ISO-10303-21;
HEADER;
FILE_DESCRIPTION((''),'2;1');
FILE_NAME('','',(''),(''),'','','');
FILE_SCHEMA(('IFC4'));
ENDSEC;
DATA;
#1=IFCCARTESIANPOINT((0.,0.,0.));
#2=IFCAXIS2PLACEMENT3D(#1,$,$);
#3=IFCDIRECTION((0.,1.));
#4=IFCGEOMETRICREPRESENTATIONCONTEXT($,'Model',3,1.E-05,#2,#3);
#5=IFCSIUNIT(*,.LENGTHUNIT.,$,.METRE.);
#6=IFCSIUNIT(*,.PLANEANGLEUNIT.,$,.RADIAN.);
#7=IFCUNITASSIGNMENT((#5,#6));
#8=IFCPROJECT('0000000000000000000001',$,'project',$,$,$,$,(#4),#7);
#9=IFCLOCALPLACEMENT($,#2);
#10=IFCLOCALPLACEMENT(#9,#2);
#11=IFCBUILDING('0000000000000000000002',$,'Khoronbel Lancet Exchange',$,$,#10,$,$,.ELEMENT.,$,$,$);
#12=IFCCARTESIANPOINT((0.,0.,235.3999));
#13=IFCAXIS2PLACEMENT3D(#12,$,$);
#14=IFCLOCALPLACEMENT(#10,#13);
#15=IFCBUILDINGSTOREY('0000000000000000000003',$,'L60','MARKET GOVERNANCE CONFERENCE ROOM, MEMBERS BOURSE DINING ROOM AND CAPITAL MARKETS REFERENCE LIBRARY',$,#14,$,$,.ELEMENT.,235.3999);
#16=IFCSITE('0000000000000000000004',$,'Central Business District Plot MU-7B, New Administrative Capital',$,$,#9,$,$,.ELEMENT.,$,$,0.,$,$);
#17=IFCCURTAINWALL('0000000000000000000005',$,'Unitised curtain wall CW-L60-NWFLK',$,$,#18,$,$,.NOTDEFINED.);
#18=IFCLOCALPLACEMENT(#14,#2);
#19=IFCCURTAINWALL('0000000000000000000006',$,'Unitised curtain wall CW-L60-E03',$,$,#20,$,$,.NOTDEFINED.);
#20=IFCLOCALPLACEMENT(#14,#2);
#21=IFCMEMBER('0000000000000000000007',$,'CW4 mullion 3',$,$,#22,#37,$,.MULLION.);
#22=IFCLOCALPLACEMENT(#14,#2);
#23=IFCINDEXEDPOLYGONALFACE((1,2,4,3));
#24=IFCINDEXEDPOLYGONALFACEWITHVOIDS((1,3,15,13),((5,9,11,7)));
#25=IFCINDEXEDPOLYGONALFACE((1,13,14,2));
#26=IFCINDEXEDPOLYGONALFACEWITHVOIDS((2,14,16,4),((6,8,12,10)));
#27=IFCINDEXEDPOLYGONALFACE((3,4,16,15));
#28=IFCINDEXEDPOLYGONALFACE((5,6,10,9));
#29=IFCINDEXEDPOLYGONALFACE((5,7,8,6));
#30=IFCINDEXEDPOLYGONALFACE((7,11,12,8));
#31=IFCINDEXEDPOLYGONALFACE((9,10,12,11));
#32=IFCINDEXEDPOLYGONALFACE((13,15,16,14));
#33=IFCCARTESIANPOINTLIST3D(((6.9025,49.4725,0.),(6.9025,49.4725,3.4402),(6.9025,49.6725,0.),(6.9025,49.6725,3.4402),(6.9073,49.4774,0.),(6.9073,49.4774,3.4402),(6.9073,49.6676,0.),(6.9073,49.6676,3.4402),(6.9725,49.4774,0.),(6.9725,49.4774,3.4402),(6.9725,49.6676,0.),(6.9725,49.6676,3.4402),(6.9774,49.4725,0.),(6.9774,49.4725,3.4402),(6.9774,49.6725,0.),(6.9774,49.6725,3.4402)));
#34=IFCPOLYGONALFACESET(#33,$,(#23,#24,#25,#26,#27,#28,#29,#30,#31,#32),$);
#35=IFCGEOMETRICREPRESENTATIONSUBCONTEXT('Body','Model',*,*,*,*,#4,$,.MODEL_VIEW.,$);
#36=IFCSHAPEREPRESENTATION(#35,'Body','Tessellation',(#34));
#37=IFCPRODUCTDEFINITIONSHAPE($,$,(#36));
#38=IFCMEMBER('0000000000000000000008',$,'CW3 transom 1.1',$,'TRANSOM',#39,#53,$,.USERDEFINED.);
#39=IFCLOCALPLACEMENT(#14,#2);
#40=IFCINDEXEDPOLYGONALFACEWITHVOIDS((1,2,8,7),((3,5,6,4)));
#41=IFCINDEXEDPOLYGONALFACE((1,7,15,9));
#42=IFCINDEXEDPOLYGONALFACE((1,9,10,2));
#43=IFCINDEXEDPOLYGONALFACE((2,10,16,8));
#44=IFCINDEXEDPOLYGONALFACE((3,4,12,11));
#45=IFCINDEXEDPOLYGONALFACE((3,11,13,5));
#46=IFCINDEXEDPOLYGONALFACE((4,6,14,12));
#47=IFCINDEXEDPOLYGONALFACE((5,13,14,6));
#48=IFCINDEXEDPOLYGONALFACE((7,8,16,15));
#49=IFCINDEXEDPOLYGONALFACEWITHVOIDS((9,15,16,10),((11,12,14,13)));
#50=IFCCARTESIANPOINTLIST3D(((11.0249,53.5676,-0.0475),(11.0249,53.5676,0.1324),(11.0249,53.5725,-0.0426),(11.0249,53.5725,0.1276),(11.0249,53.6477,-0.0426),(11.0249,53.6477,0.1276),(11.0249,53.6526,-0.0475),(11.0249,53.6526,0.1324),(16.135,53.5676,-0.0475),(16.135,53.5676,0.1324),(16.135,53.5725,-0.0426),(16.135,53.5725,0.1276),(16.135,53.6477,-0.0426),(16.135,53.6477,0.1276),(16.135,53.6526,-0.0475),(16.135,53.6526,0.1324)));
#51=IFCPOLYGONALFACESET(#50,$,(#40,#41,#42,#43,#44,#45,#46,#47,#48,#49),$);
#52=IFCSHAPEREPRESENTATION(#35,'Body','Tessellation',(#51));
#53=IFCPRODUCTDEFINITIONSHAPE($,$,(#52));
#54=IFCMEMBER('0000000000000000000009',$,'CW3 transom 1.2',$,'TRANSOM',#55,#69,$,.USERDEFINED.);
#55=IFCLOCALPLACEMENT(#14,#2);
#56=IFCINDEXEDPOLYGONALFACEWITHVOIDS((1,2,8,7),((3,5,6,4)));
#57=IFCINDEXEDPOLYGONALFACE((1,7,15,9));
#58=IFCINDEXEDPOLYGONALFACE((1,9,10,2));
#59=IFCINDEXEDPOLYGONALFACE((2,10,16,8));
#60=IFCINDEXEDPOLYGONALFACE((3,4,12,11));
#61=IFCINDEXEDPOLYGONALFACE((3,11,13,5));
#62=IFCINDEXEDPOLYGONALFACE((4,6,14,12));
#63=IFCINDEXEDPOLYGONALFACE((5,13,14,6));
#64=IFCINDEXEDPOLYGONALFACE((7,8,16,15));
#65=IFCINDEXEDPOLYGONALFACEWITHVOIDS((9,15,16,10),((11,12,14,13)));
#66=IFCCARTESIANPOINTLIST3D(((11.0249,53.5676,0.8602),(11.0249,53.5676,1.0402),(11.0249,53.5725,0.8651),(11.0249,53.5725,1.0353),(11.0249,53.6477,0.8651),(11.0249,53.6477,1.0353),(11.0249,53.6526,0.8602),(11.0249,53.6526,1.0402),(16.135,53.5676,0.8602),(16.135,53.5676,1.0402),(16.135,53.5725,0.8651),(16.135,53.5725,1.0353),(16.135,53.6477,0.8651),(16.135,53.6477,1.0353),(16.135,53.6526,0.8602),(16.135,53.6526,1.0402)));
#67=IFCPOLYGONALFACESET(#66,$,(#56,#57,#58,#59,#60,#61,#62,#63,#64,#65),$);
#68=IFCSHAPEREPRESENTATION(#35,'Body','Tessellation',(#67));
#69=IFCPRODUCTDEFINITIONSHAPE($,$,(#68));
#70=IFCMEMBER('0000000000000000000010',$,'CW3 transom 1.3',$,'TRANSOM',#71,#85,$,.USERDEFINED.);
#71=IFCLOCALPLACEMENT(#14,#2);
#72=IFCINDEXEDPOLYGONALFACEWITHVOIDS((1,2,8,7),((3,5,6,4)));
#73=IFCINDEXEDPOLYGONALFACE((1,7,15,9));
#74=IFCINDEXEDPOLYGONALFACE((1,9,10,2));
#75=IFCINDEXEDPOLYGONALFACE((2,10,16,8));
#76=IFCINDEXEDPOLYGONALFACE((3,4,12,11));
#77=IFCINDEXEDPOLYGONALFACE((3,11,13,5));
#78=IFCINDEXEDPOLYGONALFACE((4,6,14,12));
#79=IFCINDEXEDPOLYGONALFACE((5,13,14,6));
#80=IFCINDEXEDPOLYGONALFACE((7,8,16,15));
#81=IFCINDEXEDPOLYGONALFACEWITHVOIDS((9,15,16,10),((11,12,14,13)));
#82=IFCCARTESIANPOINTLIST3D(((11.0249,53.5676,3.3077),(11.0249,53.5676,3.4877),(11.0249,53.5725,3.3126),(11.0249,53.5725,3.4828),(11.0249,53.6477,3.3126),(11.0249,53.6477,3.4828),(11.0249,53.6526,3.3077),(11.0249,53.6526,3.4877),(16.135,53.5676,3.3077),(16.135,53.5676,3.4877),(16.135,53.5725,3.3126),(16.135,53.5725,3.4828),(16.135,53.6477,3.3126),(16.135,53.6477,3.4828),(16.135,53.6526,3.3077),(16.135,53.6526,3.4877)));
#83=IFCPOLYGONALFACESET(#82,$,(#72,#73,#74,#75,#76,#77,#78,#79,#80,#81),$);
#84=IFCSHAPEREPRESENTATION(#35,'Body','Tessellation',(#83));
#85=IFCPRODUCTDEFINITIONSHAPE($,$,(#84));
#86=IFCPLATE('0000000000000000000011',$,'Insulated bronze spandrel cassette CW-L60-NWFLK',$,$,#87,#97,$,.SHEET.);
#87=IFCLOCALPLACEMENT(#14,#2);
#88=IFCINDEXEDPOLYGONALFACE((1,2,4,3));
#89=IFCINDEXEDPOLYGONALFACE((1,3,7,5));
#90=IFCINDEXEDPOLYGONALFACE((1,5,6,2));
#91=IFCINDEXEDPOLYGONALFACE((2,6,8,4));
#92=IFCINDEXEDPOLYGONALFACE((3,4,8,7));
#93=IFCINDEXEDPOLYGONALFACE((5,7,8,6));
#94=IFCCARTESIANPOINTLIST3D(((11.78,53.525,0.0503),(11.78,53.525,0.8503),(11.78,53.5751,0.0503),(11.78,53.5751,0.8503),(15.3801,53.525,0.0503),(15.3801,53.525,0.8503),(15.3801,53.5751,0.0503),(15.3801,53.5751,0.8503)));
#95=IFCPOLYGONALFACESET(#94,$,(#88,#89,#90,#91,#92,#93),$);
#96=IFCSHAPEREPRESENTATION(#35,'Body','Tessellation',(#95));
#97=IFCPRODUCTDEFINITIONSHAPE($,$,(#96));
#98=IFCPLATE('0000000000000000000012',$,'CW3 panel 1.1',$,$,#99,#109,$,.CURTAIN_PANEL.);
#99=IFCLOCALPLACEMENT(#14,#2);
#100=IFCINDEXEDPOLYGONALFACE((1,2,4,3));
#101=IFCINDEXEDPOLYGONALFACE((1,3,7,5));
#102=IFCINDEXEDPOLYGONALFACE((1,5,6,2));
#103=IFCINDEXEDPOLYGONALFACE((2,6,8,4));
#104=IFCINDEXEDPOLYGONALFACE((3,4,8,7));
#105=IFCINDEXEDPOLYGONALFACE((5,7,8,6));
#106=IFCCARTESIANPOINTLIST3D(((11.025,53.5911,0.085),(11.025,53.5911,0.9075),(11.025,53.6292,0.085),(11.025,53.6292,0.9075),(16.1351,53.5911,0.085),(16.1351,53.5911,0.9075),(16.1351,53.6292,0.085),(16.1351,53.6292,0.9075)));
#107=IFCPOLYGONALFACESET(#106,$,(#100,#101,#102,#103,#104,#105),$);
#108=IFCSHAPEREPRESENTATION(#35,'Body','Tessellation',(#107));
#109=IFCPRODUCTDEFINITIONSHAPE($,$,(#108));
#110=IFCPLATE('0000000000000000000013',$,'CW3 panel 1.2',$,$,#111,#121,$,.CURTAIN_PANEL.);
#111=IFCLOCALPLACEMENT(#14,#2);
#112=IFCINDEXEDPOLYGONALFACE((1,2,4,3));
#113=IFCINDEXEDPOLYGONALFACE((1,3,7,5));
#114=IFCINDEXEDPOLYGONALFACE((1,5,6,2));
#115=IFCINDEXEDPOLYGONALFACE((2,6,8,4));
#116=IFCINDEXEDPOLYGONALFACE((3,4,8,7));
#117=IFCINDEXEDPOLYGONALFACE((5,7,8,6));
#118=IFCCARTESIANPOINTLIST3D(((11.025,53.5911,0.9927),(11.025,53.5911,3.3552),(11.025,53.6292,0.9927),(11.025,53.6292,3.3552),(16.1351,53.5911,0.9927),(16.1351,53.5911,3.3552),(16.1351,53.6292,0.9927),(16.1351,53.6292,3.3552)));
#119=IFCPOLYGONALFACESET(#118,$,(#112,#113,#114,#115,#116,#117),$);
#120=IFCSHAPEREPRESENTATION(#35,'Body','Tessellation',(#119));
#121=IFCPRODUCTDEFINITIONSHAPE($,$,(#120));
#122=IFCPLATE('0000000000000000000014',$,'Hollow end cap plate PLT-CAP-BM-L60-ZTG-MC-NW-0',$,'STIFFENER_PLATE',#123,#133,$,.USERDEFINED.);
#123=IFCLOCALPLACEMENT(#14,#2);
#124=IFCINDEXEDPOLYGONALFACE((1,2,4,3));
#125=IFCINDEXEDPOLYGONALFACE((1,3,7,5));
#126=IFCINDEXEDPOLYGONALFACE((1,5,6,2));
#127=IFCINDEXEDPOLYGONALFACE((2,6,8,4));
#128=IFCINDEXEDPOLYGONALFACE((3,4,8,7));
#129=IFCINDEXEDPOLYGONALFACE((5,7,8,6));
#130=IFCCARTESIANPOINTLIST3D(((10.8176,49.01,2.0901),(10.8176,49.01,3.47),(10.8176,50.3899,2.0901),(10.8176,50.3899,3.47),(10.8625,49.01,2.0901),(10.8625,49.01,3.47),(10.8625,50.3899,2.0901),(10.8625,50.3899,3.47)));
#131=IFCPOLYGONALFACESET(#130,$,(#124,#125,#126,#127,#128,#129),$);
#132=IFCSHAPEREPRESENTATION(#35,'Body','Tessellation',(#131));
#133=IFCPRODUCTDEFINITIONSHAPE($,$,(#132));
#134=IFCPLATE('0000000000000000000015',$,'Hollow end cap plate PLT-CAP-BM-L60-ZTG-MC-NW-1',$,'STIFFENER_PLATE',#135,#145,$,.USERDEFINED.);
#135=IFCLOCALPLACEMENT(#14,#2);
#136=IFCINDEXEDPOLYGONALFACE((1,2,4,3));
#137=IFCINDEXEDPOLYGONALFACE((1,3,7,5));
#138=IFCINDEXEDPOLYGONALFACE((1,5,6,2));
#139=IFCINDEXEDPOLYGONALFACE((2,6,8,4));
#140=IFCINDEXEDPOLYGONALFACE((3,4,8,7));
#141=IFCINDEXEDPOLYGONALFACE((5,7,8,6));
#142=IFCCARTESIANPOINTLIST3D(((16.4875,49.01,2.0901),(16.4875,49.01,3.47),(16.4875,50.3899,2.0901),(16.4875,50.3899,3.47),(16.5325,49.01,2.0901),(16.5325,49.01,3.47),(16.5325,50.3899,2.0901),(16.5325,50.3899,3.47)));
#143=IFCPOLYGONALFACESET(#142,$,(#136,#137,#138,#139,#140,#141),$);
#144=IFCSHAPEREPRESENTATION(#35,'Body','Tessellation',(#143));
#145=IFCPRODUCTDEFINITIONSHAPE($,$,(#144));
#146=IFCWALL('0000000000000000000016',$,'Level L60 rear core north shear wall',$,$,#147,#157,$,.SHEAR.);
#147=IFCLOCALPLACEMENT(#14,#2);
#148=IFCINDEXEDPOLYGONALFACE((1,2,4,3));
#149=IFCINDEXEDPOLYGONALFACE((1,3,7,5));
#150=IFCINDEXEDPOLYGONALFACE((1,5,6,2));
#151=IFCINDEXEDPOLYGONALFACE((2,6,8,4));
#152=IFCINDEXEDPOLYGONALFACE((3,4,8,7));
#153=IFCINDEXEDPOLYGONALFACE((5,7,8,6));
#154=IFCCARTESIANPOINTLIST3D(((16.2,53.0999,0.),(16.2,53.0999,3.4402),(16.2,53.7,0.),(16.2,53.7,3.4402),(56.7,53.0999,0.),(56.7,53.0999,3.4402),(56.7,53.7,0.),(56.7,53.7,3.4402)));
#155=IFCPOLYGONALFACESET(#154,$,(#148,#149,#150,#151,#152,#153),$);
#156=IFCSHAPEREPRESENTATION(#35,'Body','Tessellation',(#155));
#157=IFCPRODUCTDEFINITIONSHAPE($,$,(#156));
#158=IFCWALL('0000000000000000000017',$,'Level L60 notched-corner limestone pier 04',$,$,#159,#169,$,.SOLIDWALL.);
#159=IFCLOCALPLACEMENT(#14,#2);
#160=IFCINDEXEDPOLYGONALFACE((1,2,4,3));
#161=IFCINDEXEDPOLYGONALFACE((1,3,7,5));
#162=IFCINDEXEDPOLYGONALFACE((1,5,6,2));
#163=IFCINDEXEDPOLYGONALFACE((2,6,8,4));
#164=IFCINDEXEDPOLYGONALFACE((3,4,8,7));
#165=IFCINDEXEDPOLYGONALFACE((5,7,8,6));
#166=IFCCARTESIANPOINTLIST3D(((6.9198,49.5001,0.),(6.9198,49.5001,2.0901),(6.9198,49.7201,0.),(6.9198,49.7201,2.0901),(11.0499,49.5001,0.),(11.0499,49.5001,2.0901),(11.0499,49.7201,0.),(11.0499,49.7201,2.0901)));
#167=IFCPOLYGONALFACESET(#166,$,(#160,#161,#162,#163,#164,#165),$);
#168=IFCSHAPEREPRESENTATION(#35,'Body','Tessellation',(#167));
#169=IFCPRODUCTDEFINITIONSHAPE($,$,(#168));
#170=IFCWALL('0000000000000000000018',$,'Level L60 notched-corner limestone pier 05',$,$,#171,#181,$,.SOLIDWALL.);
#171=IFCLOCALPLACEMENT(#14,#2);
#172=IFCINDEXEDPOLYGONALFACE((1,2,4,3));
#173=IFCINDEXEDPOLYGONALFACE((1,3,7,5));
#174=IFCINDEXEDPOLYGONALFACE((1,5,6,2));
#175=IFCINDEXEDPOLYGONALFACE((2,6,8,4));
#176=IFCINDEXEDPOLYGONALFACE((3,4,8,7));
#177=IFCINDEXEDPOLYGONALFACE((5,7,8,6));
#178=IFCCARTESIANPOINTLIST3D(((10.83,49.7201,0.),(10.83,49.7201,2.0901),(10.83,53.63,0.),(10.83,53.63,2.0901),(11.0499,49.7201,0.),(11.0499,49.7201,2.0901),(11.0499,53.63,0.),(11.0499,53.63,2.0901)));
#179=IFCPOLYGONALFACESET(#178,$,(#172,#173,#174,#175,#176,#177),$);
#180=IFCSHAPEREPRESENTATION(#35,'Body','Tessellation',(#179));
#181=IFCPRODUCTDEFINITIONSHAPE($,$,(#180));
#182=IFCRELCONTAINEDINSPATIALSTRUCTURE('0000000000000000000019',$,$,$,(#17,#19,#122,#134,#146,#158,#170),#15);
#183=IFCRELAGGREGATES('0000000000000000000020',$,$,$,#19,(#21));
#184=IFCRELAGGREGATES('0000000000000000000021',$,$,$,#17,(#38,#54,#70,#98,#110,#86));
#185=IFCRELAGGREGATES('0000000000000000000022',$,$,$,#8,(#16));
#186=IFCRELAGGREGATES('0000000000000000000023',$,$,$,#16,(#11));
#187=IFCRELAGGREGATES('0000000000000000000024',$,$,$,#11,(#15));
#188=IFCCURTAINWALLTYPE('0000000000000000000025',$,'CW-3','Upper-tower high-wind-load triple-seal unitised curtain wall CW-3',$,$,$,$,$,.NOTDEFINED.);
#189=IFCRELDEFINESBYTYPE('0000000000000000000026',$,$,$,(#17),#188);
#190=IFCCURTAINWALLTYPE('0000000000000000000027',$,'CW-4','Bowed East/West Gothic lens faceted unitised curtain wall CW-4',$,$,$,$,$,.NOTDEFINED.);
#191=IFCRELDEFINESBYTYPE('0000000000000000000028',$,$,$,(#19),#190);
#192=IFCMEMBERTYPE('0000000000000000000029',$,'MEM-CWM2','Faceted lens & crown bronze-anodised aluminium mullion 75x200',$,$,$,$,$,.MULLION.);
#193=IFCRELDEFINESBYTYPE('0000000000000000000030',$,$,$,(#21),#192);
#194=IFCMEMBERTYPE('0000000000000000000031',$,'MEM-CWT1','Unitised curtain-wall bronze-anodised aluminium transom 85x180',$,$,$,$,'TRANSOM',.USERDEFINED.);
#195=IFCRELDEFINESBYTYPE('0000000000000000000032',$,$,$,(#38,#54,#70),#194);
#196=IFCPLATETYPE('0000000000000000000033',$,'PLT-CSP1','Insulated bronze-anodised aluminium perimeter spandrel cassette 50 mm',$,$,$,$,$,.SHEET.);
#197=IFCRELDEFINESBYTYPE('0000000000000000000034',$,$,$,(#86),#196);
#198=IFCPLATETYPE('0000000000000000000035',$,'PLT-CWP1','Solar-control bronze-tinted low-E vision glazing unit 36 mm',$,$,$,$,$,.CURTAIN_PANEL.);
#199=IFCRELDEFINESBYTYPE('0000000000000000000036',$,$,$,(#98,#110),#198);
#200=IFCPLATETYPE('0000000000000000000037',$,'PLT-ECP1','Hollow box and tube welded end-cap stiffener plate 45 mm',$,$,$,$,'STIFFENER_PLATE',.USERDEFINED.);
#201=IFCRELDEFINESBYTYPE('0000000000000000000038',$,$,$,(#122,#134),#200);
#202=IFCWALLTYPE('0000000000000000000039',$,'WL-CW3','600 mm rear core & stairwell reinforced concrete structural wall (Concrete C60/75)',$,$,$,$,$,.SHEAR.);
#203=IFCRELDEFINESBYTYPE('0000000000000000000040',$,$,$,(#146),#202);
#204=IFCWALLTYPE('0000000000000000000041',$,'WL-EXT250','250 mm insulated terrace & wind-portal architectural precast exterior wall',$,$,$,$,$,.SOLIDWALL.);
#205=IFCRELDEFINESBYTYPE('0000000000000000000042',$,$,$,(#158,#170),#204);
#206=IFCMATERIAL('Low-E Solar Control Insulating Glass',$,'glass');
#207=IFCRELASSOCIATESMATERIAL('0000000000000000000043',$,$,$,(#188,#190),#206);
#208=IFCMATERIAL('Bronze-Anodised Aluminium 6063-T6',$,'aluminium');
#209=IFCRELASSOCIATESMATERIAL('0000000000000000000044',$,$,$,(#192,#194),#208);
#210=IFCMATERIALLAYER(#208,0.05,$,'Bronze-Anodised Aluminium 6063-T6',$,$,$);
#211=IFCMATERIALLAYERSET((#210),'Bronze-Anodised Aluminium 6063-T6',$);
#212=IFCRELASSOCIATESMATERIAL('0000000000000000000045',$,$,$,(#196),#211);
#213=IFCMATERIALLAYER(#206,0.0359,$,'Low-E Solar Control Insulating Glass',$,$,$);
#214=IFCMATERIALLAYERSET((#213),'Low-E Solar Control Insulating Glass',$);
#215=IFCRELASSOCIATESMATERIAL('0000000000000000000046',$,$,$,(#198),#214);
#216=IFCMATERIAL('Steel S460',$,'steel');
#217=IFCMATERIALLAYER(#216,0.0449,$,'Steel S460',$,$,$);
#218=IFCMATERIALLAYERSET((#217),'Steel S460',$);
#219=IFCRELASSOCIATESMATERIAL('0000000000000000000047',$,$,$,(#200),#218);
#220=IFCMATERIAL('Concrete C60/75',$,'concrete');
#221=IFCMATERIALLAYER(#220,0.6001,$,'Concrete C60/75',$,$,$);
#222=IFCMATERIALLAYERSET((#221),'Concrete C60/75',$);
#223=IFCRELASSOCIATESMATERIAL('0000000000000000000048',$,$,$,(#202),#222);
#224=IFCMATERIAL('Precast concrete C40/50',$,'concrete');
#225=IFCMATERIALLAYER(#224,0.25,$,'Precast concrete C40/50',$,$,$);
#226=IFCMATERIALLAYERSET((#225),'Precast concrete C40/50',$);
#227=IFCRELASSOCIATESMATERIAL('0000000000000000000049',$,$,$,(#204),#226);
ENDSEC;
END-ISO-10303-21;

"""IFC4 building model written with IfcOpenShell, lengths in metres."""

from ifc_helpers import new_model, si_unit, direction, frame, frame_2d, origin, origin_2d, place, context, subcontext, project, spatial, rectangle, hollow_rectangle, extrude, material, layer, layer_set, material_profile, profile_set, type_object, element, aggregate, save


model = new_model("IFC4")

# Units and contexts
model_context = context("Model", 3, precision=1e-05, world=origin(), true_north=direction((0.0, 1.0)))
body_context = subcontext(model_context, "Body", "Model", "MODEL_VIEW")
ifc_project = project(units=[si_unit("LENGTHUNIT", "METRE"), si_unit("PLANEANGLEUNIT", "RADIAN")], contexts=[model_context])

# Site, building, storey
site_placement = place(None, origin())
site = spatial("IfcSite", under=ifc_project, at=site_placement, Name="Central Business District Plot MU-7B, New Administrative Capital", CompositionType="ELEMENT", RefElevation=0.0)
building_placement = place(site_placement, origin())
building = spatial("IfcBuilding", under=site, at=building_placement, Name="Khoronbel Lancet Exchange", CompositionType="ELEMENT")
storey_placement = place(building_placement, frame((0.0, 0.0, 235.3999)))
storey = spatial("IfcBuildingStorey", under=building, at=storey_placement, Name="L60", Description="MARKET GOVERNANCE CONFERENCE ROOM, MEMBERS BOURSE DINING ROOM AND CAPITAL MARKETS REFERENCE LIBRARY", CompositionType="ELEMENT", Elevation=235.3999)

# Shared definitions
ifc_material_1 = material(Name="Steel S460", Category="steel")

# Curtain wall
ifc_material_2 = material(Name="Low-E Solar Control Insulating Glass", Category="glass")
curtain_wall_type_1 = type_object("IfcCurtainWallType", Name="CW-3", Description="Upper-tower high-wind-load triple-seal unitised curtain wall CW-3", PredefinedType="NOTDEFINED", material=ifc_material_2)
curtain_wall_1_placement = place(storey_placement, origin())
curtain_wall_1 = element("IfcCurtainWall", 1, at=curtain_wall_1_placement, inside=storey, type_object=curtain_wall_type_1, Name="Unitised curtain wall CW-L60-NWFLK", PredefinedType="NOTDEFINED")
ifc_material_3 = material(Name="Bronze-Anodised Aluminium 6063-T6", Category="aluminium")

# Curtain wall, member
curtain_wall_type_2 = type_object("IfcCurtainWallType", Name="CW-4", Description="Bowed East/West Gothic lens faceted unitised curtain wall CW-4", PredefinedType="NOTDEFINED", material=ifc_material_2)
curtain_wall_2_placement = place(storey_placement, origin())
curtain_wall_2 = element("IfcCurtainWall", 2, at=curtain_wall_2_placement, inside=storey, type_object=curtain_wall_type_2, Name="Unitised curtain wall CW-L60-E03", PredefinedType="NOTDEFINED")
ifc_material_profile_1 = material_profile(ifc_material_3, hollow_rectangle(XDim=0.075, YDim=0.2, WallThickness=0.0049, at=origin_2d()), Name="ALU MULLION 75x200")
ifc_profile_set_1 = profile_set([ifc_material_profile_1], Name="Bronze-Anodised Aluminium 6063-T6")
member_type_1 = type_object("IfcMemberType", Name="MEM-CWM2", Description="Faceted lens & crown bronze-anodised aluminium mullion 75x200", PredefinedType="MULLION", material=ifc_profile_set_1)
member_1_placement = place(storey_placement, frame((6.9399, 49.5725, 0.0), z_axis=(0.0, 0.0, 1.0), x_axis=(-1.0, 0.0, 0.0)))
member_1 = element("IfcMember", 3, at=member_1_placement, type_object=member_type_1, Name="CW4 mullion 3", PredefinedType="MULLION", context=body_context, shape_type="SweptSolid", body=[
    extrude(hollow_rectangle(XDim=0.075, YDim=0.2, WallThickness=0.0049, at=origin_2d()), origin(), (0.0, 0.0, 1.0), 3.4402),
])
aggregate(curtain_wall_2, [member_1])

# Members
ifc_material_profile_2 = material_profile(ifc_material_3, hollow_rectangle(XDim=0.085, YDim=0.1799, WallThickness=0.0049, at=origin_2d()), Name="ALU TRANSOM 85x180")
ifc_profile_set_2 = profile_set([ifc_material_profile_2], Name="Bronze-Anodised Aluminium 6063-T6")
member_type_2 = type_object("IfcMemberType", Name="MEM-CWT1", Description="Unitised curtain-wall bronze-anodised aluminium transom 85x180", ElementType="TRANSOM", PredefinedType="USERDEFINED", material=ifc_profile_set_2)
member_2_placement = place(storey_placement, frame((16.135, 53.6101, 0.0425), z_axis=(-1.0, 0.0, 0.0), x_axis=(0.0, -1.0, 0.0)))
member_2 = element("IfcMember", 4, at=member_2_placement, type_object=member_type_2, Name="CW3 transom 1.1", ObjectType="TRANSOM", PredefinedType="USERDEFINED", context=body_context, shape_type="SweptSolid", body=[
    extrude(hollow_rectangle(XDim=0.085, YDim=0.1799, WallThickness=0.0049, at=origin_2d()), origin(), (0.0, 0.0, 1.0), 5.1101),
])
member_3_placement = place(storey_placement, frame((16.135, 53.6101, 0.9502), z_axis=(-1.0, 0.0, 0.0), x_axis=(0.0, -1.0, 0.0)))
member_3 = element("IfcMember", 5, at=member_3_placement, type_object=member_type_2, Name="CW3 transom 1.2", ObjectType="TRANSOM", PredefinedType="USERDEFINED", context=body_context, shape_type="SweptSolid", body=[
    extrude(hollow_rectangle(XDim=0.085, YDim=0.1799, WallThickness=0.0049, at=origin_2d()), origin(), (0.0, 0.0, 1.0), 5.1101),
])
member_4_placement = place(storey_placement, frame((16.135, 53.6101, 3.3977), z_axis=(-1.0, 0.0, 0.0), x_axis=(0.0, -1.0, 0.0)))
member_4 = element("IfcMember", 6, at=member_4_placement, type_object=member_type_2, Name="CW3 transom 1.3", ObjectType="TRANSOM", PredefinedType="USERDEFINED", context=body_context, shape_type="SweptSolid", body=[
    extrude(hollow_rectangle(XDim=0.085, YDim=0.1799, WallThickness=0.0049, at=origin_2d()), origin(), (0.0, 0.0, 1.0), 5.1101),
])

# Plates
ifc_layer_1 = layer(ifc_material_3, 0.05, Name="Bronze-Anodised Aluminium 6063-T6")
ifc_layer_set_1 = layer_set([ifc_layer_1], Name="Bronze-Anodised Aluminium 6063-T6")
plate_type_1 = type_object("IfcPlateType", Name="PLT-CSP1", Description="Insulated bronze-anodised aluminium perimeter spandrel cassette 50 mm", PredefinedType="SHEET", material=ifc_layer_set_1)
plate_1_placement = place(storey_placement, frame((13.5801, 53.55, 0.0503), z_axis=(0.0, 0.0, 1.0), x_axis=(-1.0, 0.0, 0.0)))
plate_1 = element("IfcPlate", 7, at=plate_1_placement, type_object=plate_type_1, Name="Insulated bronze spandrel cassette CW-L60-NWFLK", PredefinedType="SHEET", context=body_context, shape_type="SweptSolid", body=[
    extrude(rectangle(XDim=3.6001, YDim=0.05, at=origin_2d()), origin(), (0.0, 0.0, 1.0), 0.8),
])
ifc_layer_2 = layer(ifc_material_2, 0.0359, Name="Low-E Solar Control Insulating Glass")
ifc_layer_set_2 = layer_set([ifc_layer_2], Name="Low-E Solar Control Insulating Glass")
plate_type_2 = type_object("IfcPlateType", Name="PLT-CWP1", Description="Solar-control bronze-tinted low-E vision glazing unit 36 mm", PredefinedType="CURTAIN_PANEL", material=ifc_layer_set_2)
plate_2_placement = place(storey_placement, frame((13.5801, 53.6101, 0.085), z_axis=(0.0, 0.0, 1.0), x_axis=(-1.0, 0.0, 0.0)))
plate_2 = element("IfcPlate", 8, at=plate_2_placement, type_object=plate_type_2, Name="CW3 panel 1.1", PredefinedType="CURTAIN_PANEL", context=body_context, shape_type="SweptSolid", body=[
    extrude(rectangle(XDim=5.1101, YDim=0.0381, at=origin_2d()), origin(), (0.0, 0.0, 1.0), 0.8225),
])
plate_3_placement = place(storey_placement, frame((13.5801, 53.6101, 0.9927), z_axis=(0.0, 0.0, 1.0), x_axis=(-1.0, 0.0, 0.0)))
plate_3 = element("IfcPlate", 9, at=plate_3_placement, type_object=plate_type_2, Name="CW3 panel 1.2", PredefinedType="CURTAIN_PANEL", context=body_context, shape_type="SweptSolid", body=[
    extrude(rectangle(XDim=5.1101, YDim=0.0381, at=origin_2d()), origin(), (0.0, 0.0, 1.0), 2.3625),
])
aggregate(curtain_wall_1, [member_2, member_3, member_4, plate_2, plate_3, plate_1])

# Plates
ifc_layer_3 = layer(ifc_material_1, 0.0449, Name="Steel S460")
ifc_layer_set_3 = layer_set([ifc_layer_3], Name="Steel S460")
plate_type_3 = type_object("IfcPlateType", Name="PLT-ECP1", Description="Hollow box and tube welded end-cap stiffener plate 45 mm", ElementType="STIFFENER_PLATE", PredefinedType="USERDEFINED", material=ifc_layer_set_3)
for number, where, z_axis, x_axis, name in (
    (10, (10.8401, 49.7, 2.0901), (0.0, 0.0, 1.0), (-1.0, 0.0, 0.0), "Hollow end cap plate PLT-CAP-BM-L60-ZTG-MC-NW-0"),
    (11, (16.51, 49.7, 2.0901), (0.0, 0.0, 1.0), (1.0, 0.0, 0.0), "Hollow end cap plate PLT-CAP-BM-L60-ZTG-MC-NW-1"),
):
    element("IfcPlate", number, at=place(storey_placement, frame(where, z_axis=z_axis, x_axis=x_axis)), inside=storey, type_object=plate_type_3, Name=name, ObjectType="STIFFENER_PLATE", PredefinedType="USERDEFINED", context=body_context, shape_type="SweptSolid", body=[
        extrude(rectangle(XDim=0.0449, YDim=1.3799, at=origin_2d()), origin(), (0.0, 0.0, 1.0), 1.3799),
    ])

# Walls
ifc_material_4 = material(Name="Concrete C60/75", Category="concrete")
ifc_layer_4 = layer(ifc_material_4, 0.6001, Name="Concrete C60/75")
ifc_layer_set_4 = layer_set([ifc_layer_4], Name="Concrete C60/75")
wall_type_1 = type_object("IfcWallType", Name="WL-CW3", Description="600 mm rear core & stairwell reinforced concrete structural wall (Concrete C60/75)", PredefinedType="SHEAR", material=ifc_layer_set_4)
wall_1_placement = place(storey_placement, frame((16.2, 53.3999, 0.0), z_axis=(0.0, 0.0, 1.0), x_axis=(1.0, 0.0, 0.0)))
element("IfcWall", 12, at=wall_1_placement, inside=storey, type_object=wall_type_1, Name="Level L60 rear core north shear wall", PredefinedType="SHEAR", context=body_context, shape_type="SweptSolid", body=[
    extrude(rectangle(XDim=40.5, YDim=0.6001, at=frame_2d((20.25, 0.0))), origin(), (0.0, 0.0, 1.0), 3.4402),
])
ifc_material_5 = material(Name="Precast concrete C40/50", Category="concrete")
ifc_layer_5 = layer(ifc_material_5, 0.25, Name="Precast concrete C40/50")
ifc_layer_set_5 = layer_set([ifc_layer_5], Name="Precast concrete C40/50")
wall_type_2 = type_object("IfcWallType", Name="WL-EXT250", Description="250 mm insulated terrace & wind-portal architectural precast exterior wall", PredefinedType="SOLIDWALL", material=ifc_layer_set_5)
wall_2_placement = place(storey_placement, frame((6.9199, 49.6101, 0.0), z_axis=(0.0, 0.0, 1.0), x_axis=(1.0, 0.0, 0.0)))
element("IfcWall", 13, at=wall_2_placement, inside=storey, type_object=wall_type_2, Name="Level L60 notched-corner limestone pier 04", PredefinedType="SOLIDWALL", context=body_context, shape_type="SweptSolid", body=[
    extrude(rectangle(XDim=4.1301, YDim=0.22, at=frame_2d((2.0649, 0.0))), origin(), (0.0, 0.0, 1.0), 2.0901),
])
wall_3_placement = place(storey_placement, frame((10.9399, 49.72, 0.0), z_axis=(0.0, 0.0, 1.0), x_axis=(0.0, 1.0, 0.0)))
element("IfcWall", 14, at=wall_3_placement, inside=storey, type_object=wall_type_2, Name="Level L60 notched-corner limestone pier 05", PredefinedType="SOLIDWALL", context=body_context, shape_type="SweptSolid", body=[
    extrude(rectangle(XDim=3.9099, YDim=0.22, at=frame_2d((1.9551, 0.0))), origin(), (0.0, 0.0, 1.0), 2.0901),
])

save(model, "model.ifc")
